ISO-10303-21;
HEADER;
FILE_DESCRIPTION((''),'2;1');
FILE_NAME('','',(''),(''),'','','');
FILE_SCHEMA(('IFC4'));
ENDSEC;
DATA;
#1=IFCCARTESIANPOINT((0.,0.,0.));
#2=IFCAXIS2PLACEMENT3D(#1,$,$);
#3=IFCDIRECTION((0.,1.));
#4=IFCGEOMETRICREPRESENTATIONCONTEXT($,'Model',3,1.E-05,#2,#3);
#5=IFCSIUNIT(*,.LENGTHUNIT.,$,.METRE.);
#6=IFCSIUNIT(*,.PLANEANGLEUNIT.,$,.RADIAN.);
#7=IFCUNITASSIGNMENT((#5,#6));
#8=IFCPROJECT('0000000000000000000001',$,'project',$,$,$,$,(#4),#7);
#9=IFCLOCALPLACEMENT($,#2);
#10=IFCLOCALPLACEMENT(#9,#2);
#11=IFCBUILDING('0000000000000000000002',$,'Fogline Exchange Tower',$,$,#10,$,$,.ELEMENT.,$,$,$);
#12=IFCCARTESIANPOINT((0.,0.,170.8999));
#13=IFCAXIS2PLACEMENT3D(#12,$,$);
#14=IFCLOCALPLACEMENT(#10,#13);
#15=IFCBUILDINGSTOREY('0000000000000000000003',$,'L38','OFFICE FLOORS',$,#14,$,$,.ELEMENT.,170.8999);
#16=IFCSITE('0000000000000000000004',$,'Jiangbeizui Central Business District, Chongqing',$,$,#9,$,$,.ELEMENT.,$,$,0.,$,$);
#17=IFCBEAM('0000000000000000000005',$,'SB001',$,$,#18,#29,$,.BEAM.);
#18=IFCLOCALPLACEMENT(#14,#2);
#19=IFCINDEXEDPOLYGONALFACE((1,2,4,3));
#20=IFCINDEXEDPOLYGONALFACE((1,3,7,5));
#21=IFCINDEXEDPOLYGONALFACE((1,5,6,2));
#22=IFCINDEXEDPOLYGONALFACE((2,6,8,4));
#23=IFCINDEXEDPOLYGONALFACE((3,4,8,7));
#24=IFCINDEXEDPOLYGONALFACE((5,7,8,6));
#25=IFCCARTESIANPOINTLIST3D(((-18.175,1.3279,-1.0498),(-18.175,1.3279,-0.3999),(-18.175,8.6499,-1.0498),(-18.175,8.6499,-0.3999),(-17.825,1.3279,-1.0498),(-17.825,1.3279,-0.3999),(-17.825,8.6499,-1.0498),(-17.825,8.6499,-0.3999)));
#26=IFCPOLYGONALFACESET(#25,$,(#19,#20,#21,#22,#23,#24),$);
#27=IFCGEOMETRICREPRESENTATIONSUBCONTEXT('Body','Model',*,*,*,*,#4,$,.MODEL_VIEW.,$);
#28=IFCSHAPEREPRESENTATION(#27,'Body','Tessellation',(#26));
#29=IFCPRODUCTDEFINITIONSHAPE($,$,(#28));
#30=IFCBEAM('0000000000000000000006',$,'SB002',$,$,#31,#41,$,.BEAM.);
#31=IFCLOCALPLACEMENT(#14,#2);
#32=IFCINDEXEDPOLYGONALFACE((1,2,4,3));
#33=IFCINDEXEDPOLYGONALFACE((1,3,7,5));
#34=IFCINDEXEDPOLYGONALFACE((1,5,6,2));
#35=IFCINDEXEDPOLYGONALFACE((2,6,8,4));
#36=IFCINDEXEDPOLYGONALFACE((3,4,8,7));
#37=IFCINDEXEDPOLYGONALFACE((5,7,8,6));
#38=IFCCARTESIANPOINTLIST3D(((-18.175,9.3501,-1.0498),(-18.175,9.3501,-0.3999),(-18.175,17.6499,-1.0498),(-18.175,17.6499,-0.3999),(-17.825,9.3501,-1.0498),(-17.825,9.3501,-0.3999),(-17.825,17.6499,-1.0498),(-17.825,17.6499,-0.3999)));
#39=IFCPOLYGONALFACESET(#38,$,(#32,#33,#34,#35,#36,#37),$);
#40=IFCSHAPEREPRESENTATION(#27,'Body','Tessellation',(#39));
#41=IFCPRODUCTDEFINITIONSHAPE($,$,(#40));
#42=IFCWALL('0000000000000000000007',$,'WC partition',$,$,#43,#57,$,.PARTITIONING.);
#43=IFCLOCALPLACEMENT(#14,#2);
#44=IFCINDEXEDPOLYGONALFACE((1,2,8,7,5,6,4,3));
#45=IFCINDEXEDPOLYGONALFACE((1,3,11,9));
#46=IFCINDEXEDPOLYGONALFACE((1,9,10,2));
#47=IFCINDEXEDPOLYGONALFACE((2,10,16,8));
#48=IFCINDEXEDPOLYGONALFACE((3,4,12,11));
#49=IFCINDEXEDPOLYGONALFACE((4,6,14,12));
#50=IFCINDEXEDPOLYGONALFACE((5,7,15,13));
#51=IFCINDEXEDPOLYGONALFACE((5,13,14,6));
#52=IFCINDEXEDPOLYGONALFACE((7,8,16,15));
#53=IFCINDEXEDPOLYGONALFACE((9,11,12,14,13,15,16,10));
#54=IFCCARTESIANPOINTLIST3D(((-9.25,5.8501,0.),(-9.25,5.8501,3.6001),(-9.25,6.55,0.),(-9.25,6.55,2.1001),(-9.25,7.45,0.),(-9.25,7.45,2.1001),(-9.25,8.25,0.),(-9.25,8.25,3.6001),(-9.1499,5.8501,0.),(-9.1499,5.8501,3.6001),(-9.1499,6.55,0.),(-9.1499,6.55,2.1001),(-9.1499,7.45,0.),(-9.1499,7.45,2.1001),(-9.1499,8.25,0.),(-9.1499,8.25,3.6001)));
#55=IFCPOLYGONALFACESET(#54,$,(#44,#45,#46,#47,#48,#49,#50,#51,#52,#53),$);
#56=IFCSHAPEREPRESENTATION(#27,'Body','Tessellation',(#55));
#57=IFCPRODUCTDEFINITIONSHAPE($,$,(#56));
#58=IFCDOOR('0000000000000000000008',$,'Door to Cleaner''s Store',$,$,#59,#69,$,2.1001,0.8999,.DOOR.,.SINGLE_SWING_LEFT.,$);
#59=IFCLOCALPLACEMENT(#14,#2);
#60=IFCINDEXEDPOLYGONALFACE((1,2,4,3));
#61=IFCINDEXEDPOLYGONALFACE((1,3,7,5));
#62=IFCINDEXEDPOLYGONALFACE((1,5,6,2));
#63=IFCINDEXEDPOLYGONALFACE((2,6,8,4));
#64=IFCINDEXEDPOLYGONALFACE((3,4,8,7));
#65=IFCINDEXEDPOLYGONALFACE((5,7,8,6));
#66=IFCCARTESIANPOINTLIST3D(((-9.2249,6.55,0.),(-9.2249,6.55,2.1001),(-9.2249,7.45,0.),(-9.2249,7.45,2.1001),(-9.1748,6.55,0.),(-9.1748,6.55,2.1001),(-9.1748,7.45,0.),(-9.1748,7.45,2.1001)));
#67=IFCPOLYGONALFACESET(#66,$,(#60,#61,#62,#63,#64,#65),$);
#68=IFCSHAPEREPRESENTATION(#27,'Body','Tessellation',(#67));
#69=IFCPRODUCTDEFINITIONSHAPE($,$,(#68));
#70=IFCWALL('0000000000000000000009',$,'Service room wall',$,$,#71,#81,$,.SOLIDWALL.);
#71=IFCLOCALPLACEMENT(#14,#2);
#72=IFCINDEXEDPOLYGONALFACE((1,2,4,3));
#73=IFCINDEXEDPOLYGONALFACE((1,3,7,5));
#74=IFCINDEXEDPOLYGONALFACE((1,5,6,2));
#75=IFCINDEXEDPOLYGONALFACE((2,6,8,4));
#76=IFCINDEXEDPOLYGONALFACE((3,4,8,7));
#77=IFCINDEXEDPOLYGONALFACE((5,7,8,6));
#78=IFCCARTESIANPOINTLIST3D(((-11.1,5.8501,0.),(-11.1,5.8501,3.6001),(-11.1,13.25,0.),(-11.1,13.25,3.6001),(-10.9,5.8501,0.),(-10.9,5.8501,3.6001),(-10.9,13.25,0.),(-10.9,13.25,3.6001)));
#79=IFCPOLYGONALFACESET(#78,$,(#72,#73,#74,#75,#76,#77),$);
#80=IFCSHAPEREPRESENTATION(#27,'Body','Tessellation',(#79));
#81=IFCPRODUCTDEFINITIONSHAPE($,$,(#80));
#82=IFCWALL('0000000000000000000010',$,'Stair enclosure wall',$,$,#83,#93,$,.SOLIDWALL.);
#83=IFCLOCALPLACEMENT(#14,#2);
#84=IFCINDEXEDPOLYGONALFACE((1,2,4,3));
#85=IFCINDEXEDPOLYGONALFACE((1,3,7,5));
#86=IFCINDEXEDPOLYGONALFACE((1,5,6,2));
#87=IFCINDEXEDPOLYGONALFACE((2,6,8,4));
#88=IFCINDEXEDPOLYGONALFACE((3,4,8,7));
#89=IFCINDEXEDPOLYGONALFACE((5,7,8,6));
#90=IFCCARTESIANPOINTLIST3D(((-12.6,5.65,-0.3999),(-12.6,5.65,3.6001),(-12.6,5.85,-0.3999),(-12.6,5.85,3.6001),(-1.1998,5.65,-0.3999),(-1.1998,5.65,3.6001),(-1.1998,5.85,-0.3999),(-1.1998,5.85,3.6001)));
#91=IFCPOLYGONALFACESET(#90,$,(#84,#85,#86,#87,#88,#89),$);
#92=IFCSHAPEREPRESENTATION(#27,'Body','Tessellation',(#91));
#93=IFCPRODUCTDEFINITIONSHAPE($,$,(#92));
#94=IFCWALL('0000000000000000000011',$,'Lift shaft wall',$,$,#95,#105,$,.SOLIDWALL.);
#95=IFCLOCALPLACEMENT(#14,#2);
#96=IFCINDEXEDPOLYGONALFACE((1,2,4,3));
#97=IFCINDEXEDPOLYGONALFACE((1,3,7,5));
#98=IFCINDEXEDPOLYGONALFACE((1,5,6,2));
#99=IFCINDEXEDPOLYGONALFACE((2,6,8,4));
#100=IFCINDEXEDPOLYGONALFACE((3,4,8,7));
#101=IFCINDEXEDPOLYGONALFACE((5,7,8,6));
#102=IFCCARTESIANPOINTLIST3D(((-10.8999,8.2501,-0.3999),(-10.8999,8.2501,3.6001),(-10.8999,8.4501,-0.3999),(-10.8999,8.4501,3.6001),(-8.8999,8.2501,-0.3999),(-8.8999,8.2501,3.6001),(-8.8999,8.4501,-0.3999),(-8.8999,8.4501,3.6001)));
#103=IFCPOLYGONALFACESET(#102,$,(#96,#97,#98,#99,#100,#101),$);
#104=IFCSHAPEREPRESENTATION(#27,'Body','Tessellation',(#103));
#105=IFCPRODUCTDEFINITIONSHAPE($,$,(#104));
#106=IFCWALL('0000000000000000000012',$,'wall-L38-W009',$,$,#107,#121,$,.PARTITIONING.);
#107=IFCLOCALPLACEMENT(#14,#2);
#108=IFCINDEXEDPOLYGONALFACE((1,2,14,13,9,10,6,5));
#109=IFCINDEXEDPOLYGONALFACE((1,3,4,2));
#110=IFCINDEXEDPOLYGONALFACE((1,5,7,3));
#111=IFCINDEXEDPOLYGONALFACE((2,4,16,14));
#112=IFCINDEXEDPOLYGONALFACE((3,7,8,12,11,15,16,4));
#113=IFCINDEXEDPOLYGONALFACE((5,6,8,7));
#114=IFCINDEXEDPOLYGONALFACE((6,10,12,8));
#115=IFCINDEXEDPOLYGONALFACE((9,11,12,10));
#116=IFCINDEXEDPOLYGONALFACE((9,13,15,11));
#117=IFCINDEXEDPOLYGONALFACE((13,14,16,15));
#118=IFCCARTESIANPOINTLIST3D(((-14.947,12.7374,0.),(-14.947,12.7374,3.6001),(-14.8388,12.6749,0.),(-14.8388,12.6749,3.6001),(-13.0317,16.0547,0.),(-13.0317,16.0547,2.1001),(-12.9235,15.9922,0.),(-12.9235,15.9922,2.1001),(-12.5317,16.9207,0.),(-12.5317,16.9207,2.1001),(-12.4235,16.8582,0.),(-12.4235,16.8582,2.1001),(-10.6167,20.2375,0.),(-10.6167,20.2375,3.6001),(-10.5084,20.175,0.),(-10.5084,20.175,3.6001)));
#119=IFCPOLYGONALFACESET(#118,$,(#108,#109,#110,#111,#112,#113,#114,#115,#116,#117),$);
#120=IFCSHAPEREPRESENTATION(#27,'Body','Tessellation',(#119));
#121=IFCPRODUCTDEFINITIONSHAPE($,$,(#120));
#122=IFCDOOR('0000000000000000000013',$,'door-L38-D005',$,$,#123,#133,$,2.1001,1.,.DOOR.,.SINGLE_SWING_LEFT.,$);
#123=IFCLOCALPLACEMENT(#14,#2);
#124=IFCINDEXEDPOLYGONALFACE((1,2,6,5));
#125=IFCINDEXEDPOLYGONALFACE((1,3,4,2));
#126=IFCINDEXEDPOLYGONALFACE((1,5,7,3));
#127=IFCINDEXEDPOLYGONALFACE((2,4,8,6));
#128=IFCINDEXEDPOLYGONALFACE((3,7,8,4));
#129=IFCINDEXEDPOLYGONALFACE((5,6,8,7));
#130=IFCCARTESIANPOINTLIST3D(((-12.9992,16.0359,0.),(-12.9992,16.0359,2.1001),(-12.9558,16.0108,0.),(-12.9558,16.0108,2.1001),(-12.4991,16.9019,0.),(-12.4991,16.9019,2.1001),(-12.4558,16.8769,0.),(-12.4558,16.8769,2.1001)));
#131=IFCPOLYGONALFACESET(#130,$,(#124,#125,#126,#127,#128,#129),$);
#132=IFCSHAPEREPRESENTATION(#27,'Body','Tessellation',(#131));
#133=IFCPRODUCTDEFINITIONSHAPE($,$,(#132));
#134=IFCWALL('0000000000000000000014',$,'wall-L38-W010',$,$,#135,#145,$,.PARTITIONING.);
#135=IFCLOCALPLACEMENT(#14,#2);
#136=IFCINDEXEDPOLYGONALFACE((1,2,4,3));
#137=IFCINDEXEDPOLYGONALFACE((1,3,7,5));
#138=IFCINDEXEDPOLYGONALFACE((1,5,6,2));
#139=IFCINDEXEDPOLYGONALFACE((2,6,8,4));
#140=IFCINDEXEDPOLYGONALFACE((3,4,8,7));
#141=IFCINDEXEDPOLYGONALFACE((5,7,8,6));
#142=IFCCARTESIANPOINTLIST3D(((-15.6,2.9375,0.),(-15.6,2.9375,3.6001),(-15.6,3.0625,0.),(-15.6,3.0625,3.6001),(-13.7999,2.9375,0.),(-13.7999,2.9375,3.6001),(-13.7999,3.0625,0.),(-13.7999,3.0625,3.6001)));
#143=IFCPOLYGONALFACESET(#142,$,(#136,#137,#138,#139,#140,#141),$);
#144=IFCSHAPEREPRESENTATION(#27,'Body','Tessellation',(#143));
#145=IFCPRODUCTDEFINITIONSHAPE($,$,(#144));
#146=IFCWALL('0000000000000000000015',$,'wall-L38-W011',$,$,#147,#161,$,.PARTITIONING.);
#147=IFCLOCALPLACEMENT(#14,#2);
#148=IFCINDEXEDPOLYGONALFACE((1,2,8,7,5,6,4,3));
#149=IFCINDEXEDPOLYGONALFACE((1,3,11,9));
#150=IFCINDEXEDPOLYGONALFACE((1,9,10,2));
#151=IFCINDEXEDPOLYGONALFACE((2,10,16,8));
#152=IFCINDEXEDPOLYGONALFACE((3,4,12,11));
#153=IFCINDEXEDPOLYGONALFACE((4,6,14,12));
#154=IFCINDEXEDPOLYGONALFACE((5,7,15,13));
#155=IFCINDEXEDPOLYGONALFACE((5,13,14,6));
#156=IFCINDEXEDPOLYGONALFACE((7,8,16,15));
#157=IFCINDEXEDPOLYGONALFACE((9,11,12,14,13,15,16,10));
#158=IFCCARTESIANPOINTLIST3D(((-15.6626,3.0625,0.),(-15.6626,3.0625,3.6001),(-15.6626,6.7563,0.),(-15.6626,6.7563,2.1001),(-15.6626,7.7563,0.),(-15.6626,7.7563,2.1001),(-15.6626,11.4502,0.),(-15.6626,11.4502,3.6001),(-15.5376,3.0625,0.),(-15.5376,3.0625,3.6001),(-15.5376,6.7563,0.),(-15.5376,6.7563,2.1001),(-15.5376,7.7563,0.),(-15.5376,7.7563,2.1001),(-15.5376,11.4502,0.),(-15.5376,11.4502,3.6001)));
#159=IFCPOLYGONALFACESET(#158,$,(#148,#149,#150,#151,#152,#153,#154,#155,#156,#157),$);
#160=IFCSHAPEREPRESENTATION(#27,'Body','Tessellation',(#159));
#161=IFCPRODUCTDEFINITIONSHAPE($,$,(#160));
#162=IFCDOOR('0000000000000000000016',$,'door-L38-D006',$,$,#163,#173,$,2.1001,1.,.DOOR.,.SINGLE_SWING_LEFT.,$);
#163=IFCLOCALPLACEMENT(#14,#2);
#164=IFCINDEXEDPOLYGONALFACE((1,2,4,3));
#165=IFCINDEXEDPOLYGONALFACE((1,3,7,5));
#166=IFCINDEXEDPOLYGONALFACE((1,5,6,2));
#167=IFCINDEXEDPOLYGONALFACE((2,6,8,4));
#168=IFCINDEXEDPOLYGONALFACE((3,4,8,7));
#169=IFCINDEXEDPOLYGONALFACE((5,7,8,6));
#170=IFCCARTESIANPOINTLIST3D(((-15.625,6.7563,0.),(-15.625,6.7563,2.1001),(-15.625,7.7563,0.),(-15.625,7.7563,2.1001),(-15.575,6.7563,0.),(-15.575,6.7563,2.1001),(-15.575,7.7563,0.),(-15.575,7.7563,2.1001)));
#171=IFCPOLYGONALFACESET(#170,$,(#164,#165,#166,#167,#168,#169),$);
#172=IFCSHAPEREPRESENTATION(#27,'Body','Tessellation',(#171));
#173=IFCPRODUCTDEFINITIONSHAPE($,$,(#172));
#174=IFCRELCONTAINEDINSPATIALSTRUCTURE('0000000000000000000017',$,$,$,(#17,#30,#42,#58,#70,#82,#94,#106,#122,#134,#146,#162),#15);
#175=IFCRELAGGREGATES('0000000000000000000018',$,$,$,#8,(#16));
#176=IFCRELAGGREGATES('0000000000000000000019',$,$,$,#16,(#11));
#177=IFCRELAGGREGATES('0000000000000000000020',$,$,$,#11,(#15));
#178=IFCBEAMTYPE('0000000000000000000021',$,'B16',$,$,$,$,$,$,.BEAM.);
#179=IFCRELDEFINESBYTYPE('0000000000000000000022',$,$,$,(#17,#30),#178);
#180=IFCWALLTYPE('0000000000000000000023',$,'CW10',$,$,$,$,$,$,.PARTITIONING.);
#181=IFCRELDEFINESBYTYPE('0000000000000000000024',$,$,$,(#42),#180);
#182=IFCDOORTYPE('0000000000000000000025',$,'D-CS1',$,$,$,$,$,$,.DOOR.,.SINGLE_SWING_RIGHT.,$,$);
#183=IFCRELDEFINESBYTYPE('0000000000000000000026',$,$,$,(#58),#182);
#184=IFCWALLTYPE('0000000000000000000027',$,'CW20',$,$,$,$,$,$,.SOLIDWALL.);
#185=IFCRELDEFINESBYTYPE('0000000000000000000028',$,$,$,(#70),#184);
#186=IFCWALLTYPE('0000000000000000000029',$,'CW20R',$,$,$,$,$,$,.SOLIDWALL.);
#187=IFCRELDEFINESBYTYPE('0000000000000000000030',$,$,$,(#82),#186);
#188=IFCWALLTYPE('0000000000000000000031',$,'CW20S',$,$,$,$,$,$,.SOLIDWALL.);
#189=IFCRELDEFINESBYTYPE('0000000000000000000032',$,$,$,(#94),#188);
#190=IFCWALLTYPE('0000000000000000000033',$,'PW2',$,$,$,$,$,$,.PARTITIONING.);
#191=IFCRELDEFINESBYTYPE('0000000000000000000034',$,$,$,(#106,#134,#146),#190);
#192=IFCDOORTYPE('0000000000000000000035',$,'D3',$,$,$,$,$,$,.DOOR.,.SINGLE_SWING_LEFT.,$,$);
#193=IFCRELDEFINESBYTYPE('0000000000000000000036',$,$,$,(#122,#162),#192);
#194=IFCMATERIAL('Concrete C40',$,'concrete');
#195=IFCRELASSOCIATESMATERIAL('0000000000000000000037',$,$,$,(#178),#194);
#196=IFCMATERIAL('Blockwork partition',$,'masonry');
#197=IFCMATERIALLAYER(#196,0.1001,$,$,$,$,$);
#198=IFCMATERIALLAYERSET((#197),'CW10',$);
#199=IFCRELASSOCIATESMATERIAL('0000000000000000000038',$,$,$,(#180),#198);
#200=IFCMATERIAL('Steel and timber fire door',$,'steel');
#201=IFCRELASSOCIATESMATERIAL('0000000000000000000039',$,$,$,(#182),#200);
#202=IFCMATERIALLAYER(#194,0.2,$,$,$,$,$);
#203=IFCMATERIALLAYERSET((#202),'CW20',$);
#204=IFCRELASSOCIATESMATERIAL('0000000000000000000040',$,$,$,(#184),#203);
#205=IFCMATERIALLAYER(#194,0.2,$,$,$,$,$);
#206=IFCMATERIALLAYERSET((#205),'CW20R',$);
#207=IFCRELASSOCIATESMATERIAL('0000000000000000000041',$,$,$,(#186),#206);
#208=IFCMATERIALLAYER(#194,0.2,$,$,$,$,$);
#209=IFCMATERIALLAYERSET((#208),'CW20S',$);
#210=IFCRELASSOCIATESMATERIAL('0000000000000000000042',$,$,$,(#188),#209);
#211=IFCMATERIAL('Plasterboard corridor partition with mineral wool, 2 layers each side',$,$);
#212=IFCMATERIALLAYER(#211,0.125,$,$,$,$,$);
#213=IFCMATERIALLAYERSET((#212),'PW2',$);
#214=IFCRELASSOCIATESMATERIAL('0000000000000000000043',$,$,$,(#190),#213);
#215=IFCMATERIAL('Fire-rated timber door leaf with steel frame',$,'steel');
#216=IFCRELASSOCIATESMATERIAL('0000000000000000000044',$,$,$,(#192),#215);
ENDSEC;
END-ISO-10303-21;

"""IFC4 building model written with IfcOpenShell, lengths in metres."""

from ifc_helpers import new_model, si_unit, direction, frame, frame_2d, origin, origin_2d, place, context, subcontext, project, spatial, rectangle, extrude, material, layer, layer_set, material_profile, profile_set, type_object, element, fill, save


model = new_model("IFC4")

# Units and contexts
model_context = context("Model", 3, precision=1e-05, world=origin(), true_north=direction((0.0, 1.0)))
body_context = subcontext(model_context, "Body", "Model", "MODEL_VIEW")
ifc_project = project(units=[si_unit("LENGTHUNIT", "METRE"), si_unit("PLANEANGLEUNIT", "RADIAN")], contexts=[model_context])

# Site, building, storey
site_placement = place(None, origin())
site = spatial("IfcSite", under=ifc_project, at=site_placement, Name="Jiangbeizui Central Business District, Chongqing", CompositionType="ELEMENT", RefElevation=0.0)
building_placement = place(site_placement, origin())
building = spatial("IfcBuilding", under=site, at=building_placement, Name="Fogline Exchange Tower", CompositionType="ELEMENT")
storey_placement = place(building_placement, frame((0.0, 0.0, 170.8999)))
storey = spatial("IfcBuildingStorey", under=building, at=storey_placement, Name="L38", Description="OFFICE FLOORS", CompositionType="ELEMENT", Elevation=170.8999)

# Beams
ifc_material_1 = material(Name="Concrete C40", Category="concrete")
ifc_material_profile = material_profile(ifc_material_1, rectangle(XDim=0.3501, YDim=0.6499, at=origin_2d()), Name="RC 350x650")
ifc_profile_set = profile_set([ifc_material_profile], Name="Concrete C40")
beam_type = type_object("IfcBeamType", Name="B16", PredefinedType="BEAM", material=ifc_profile_set)
beam_1_placement = place(storey_placement, frame((-18.0, 1.3279, -0.7249), z_axis=(0.0, 1.0, 0.0), x_axis=(-1.0, 0.0, 0.0)))
element("IfcBeam", 1, at=beam_1_placement, inside=storey, type_object=beam_type, Name="SB001", PredefinedType="BEAM", context=body_context, shape_type="SweptSolid", body=[
    extrude(rectangle(XDim=0.3501, YDim=0.6499, at=origin_2d()), origin(), (0.0, 0.0, 1.0), 7.322),
])
beam_2_placement = place(storey_placement, frame((-18.0, 9.3501, -0.7249), z_axis=(0.0, 1.0, 0.0), x_axis=(-1.0, 0.0, 0.0)))
element("IfcBeam", 2, at=beam_2_placement, inside=storey, type_object=beam_type, Name="SB002", PredefinedType="BEAM", context=body_context, shape_type="SweptSolid", body=[
    extrude(rectangle(XDim=0.3501, YDim=0.6499, at=origin_2d()), origin(), (0.0, 0.0, 1.0), 8.2998),
])

# Wall, opening, door
ifc_material_2 = material(Name="Blockwork partition", Category="masonry")
ifc_layer_1 = layer(ifc_material_2, 0.1001)
ifc_layer_set_1 = layer_set([ifc_layer_1], Name="CW10")
wall_type_1 = type_object("IfcWallType", Name="CW10", PredefinedType="PARTITIONING", material=ifc_layer_set_1)
wall_1_placement = place(storey_placement, frame((-9.2, 5.8501, 0.0), z_axis=(0.0, 0.0, 1.0), x_axis=(0.0, 1.0, 0.0)))
wall_1 = element("IfcWall", 3, at=wall_1_placement, inside=storey, type_object=wall_type_1, Name="WC partition", PredefinedType="PARTITIONING", context=body_context, shape_type="SweptSolid", body=[
    extrude(rectangle(XDim=2.3999, YDim=0.1001, at=frame_2d((1.2, 0.0))), origin(), (0.0, 0.0, 1.0), 3.6001),
])
opening_1_placement = place(wall_1_placement, frame((0.7, 0.0, 0.0)))
opening_1 = element("IfcOpeningElement", 4, at=opening_1_placement, cuts=wall_1, PredefinedType="OPENING", context=body_context, shape_type="SweptSolid", body=[
    extrude(rectangle(XDim=0.8999, YDim=2.1001, at=frame_2d((0.45, 1.05))), frame((0.0, 0.0601, 0.0), z_axis=(0.0, -1.0, 0.0), x_axis=(1.0, 0.0, 0.0)), (0.0, 0.0, 1.0), 0.1201),
])
ifc_material_3 = material(Name="Steel and timber fire door", Category="steel")
door_type_1 = type_object("IfcDoorType", Name="D-CS1", OperationType="SINGLE_SWING_RIGHT", PredefinedType="DOOR", material=ifc_material_3)
door_1_placement = place(opening_1_placement, origin())
door_1 = element("IfcDoor", 5, at=door_1_placement, inside=storey, type_object=door_type_1, Name="Door to Cleaner's Store", OperationType="SINGLE_SWING_LEFT", OverallHeight=2.1001, OverallWidth=0.8999, PredefinedType="DOOR", context=body_context, shape_type="SweptSolid", body=[
    extrude(rectangle(XDim=0.8999, YDim=2.1001, at=frame_2d((0.45, 1.05))), frame((0.0, 0.0249, 0.0), z_axis=(0.0, -1.0, 0.0), x_axis=(1.0, 0.0, 0.0)), (0.0, 0.0, 1.0), 0.05),
])
fill(opening_1, door_1)

# Walls
ifc_layer_2 = layer(ifc_material_1, 0.2)
ifc_layer_set_2 = layer_set([ifc_layer_2], Name="CW20")
wall_type_2 = type_object("IfcWallType", Name="CW20", PredefinedType="SOLIDWALL", material=ifc_layer_set_2)
wall_2_placement = place(storey_placement, frame((-11.0, 5.8501, 0.0), z_axis=(0.0, 0.0, 1.0), x_axis=(0.0, 1.0, 0.0)))
element("IfcWall", 6, at=wall_2_placement, inside=storey, type_object=wall_type_2, Name="Service room wall", PredefinedType="SOLIDWALL", context=body_context, shape_type="SweptSolid", body=[
    extrude(rectangle(XDim=7.3999, YDim=0.2, at=frame_2d((3.7, 0.0))), origin(), (0.0, 0.0, 1.0), 3.6001),
])
ifc_layer_3 = layer(ifc_material_1, 0.2)
ifc_layer_set_3 = layer_set([ifc_layer_3], Name="CW20R")
wall_type_3 = type_object("IfcWallType", Name="CW20R", PredefinedType="SOLIDWALL", material=ifc_layer_set_3)
wall_3_placement = place(storey_placement, frame((-12.6001, 5.75, -0.3999), z_axis=(0.0, 0.0, 1.0), x_axis=(1.0, 0.0, 0.0)))
element("IfcWall", 7, at=wall_3_placement, inside=storey, type_object=wall_type_3, Name="Stair enclosure wall", PredefinedType="SOLIDWALL", context=body_context, shape_type="SweptSolid", body=[
    extrude(rectangle(XDim=11.4001, YDim=0.2, at=frame_2d((5.7002, 0.0))), origin(), (0.0, 0.0, 1.0), 4.0),
])
ifc_layer_4 = layer(ifc_material_1, 0.2)
ifc_layer_set_4 = layer_set([ifc_layer_4], Name="CW20S")
wall_type_4 = type_object("IfcWallType", Name="CW20S", PredefinedType="SOLIDWALL", material=ifc_layer_set_4)
wall_4_placement = place(storey_placement, frame((-10.8999, 8.3501, -0.3999), z_axis=(0.0, 0.0, 1.0), x_axis=(1.0, 0.0, 0.0)))
element("IfcWall", 8, at=wall_4_placement, inside=storey, type_object=wall_type_4, Name="Lift shaft wall", PredefinedType="SOLIDWALL", context=body_context, shape_type="SweptSolid", body=[
    extrude(rectangle(XDim=2.0, YDim=0.2, at=frame_2d((1.0, 0.0))), origin(), (0.0, 0.0, 1.0), 4.0),
])

# Wall, opening, door
ifc_material_4 = material(Name="Plasterboard corridor partition with mineral wool, 2 layers each side")
ifc_layer_5 = layer(ifc_material_4, 0.125)
ifc_layer_set_5 = layer_set([ifc_layer_5], Name="PW2")
wall_type_5 = type_object("IfcWallType", Name="PW2", PredefinedType="PARTITIONING", material=ifc_layer_set_5)
wall_5_placement = place(storey_placement, frame((-14.8928, 12.7063, 0.0), z_axis=(0.0, 0.0, 1.0), x_axis=(0.500017, 0.866016, 0.0)))
wall_5 = element("IfcWall", 9, at=wall_5_placement, inside=storey, type_object=wall_type_5, Name="wall-L38-W009", PredefinedType="PARTITIONING", context=body_context, shape_type="SweptSolid", body=[
    extrude(rectangle(XDim=8.6604, YDim=0.125, at=frame_2d((4.3301, 0.0))), origin(), (0.0, 0.0, 1.0), 3.6001),
])
opening_2_placement = place(wall_5_placement, frame((3.8303, 0.0, 0.0)))
opening_2 = element("IfcOpeningElement", 10, at=opening_2_placement, cuts=wall_5, PredefinedType="OPENING", context=body_context, shape_type="SweptSolid", body=[
    extrude(rectangle(XDim=1.0, YDim=2.1001, at=frame_2d((0.5, 1.05))), frame((0.0, 0.0725, 0.0), z_axis=(0.0, -1.0, 0.0), x_axis=(1.0, 0.0, 0.0)), (0.0, 0.0, 1.0), 0.145),
])
ifc_material_5 = material(Name="Fire-rated timber door leaf with steel frame", Category="steel")
door_type_2 = type_object("IfcDoorType", Name="D3", OperationType="SINGLE_SWING_LEFT", PredefinedType="DOOR", material=ifc_material_5)
door_2_placement = place(opening_2_placement, origin())
door_2 = element("IfcDoor", 11, at=door_2_placement, inside=storey, type_object=door_type_2, Name="door-L38-D005", OperationType="SINGLE_SWING_LEFT", OverallHeight=2.1001, OverallWidth=1.0, PredefinedType="DOOR", context=body_context, shape_type="SweptSolid", body=[
    extrude(rectangle(XDim=1.0, YDim=2.1001, at=frame_2d((0.5, 1.05))), frame((0.0, 0.0249, 0.0), z_axis=(0.0, -1.0, 0.0), x_axis=(1.0, 0.0, 0.0)), (0.0, 0.0, 1.0), 0.05),
])
fill(opening_2, door_2)

# Wall
wall_6_placement = place(storey_placement, frame((-13.8, 3.0, 0.0), z_axis=(0.0, 0.0, 1.0), x_axis=(-1.0, 0.0, 0.0)))
element("IfcWall", 12, at=wall_6_placement, inside=storey, type_object=wall_type_5, Name="wall-L38-W010", PredefinedType="PARTITIONING", context=body_context, shape_type="SweptSolid", body=[
    extrude(rectangle(XDim=1.8, YDim=0.125, at=frame_2d((0.8999, 0.0))), origin(), (0.0, 0.0, 1.0), 3.6001),
])

# Wall, opening, door
wall_7_placement = place(storey_placement, frame((-15.6001, 3.0625, 0.0), z_axis=(0.0, 0.0, 1.0), x_axis=(0.0, 1.0, 0.0)))
wall_7 = element("IfcWall", 13, at=wall_7_placement, inside=storey, type_object=wall_type_5, Name="wall-L38-W011", PredefinedType="PARTITIONING", context=body_context, shape_type="SweptSolid", body=[
    extrude(rectangle(XDim=8.3877, YDim=0.125, at=frame_2d((4.1938, 0.0))), origin(), (0.0, 0.0, 1.0), 3.6001),
])
opening_3_placement = place(wall_7_placement, frame((3.6938, 0.0, 0.0)))
opening_3 = element("IfcOpeningElement", 14, at=opening_3_placement, cuts=wall_7, PredefinedType="OPENING", context=body_context, shape_type="SweptSolid", body=[
    extrude(rectangle(XDim=1.0, YDim=2.1001, at=frame_2d((0.5, 1.05))), frame((0.0, 0.0725, 0.0), z_axis=(0.0, -1.0, 0.0), x_axis=(1.0, 0.0, 0.0)), (0.0, 0.0, 1.0), 0.145),
])
door_3_placement = place(opening_3_placement, origin())
door_3 = element("IfcDoor", 15, at=door_3_placement, inside=storey, type_object=door_type_2, Name="door-L38-D006", OperationType="SINGLE_SWING_LEFT", OverallHeight=2.1001, OverallWidth=1.0, PredefinedType="DOOR", context=body_context, shape_type="SweptSolid", body=[
    extrude(rectangle(XDim=1.0, YDim=2.1001, at=frame_2d((0.5, 1.05))), frame((0.0, 0.0249, 0.0), z_axis=(0.0, -1.0, 0.0), x_axis=(1.0, 0.0, 0.0)), (0.0, 0.0, 1.0), 0.05),
])
fill(opening_3, door_3)

save(model, "model.ifc")
